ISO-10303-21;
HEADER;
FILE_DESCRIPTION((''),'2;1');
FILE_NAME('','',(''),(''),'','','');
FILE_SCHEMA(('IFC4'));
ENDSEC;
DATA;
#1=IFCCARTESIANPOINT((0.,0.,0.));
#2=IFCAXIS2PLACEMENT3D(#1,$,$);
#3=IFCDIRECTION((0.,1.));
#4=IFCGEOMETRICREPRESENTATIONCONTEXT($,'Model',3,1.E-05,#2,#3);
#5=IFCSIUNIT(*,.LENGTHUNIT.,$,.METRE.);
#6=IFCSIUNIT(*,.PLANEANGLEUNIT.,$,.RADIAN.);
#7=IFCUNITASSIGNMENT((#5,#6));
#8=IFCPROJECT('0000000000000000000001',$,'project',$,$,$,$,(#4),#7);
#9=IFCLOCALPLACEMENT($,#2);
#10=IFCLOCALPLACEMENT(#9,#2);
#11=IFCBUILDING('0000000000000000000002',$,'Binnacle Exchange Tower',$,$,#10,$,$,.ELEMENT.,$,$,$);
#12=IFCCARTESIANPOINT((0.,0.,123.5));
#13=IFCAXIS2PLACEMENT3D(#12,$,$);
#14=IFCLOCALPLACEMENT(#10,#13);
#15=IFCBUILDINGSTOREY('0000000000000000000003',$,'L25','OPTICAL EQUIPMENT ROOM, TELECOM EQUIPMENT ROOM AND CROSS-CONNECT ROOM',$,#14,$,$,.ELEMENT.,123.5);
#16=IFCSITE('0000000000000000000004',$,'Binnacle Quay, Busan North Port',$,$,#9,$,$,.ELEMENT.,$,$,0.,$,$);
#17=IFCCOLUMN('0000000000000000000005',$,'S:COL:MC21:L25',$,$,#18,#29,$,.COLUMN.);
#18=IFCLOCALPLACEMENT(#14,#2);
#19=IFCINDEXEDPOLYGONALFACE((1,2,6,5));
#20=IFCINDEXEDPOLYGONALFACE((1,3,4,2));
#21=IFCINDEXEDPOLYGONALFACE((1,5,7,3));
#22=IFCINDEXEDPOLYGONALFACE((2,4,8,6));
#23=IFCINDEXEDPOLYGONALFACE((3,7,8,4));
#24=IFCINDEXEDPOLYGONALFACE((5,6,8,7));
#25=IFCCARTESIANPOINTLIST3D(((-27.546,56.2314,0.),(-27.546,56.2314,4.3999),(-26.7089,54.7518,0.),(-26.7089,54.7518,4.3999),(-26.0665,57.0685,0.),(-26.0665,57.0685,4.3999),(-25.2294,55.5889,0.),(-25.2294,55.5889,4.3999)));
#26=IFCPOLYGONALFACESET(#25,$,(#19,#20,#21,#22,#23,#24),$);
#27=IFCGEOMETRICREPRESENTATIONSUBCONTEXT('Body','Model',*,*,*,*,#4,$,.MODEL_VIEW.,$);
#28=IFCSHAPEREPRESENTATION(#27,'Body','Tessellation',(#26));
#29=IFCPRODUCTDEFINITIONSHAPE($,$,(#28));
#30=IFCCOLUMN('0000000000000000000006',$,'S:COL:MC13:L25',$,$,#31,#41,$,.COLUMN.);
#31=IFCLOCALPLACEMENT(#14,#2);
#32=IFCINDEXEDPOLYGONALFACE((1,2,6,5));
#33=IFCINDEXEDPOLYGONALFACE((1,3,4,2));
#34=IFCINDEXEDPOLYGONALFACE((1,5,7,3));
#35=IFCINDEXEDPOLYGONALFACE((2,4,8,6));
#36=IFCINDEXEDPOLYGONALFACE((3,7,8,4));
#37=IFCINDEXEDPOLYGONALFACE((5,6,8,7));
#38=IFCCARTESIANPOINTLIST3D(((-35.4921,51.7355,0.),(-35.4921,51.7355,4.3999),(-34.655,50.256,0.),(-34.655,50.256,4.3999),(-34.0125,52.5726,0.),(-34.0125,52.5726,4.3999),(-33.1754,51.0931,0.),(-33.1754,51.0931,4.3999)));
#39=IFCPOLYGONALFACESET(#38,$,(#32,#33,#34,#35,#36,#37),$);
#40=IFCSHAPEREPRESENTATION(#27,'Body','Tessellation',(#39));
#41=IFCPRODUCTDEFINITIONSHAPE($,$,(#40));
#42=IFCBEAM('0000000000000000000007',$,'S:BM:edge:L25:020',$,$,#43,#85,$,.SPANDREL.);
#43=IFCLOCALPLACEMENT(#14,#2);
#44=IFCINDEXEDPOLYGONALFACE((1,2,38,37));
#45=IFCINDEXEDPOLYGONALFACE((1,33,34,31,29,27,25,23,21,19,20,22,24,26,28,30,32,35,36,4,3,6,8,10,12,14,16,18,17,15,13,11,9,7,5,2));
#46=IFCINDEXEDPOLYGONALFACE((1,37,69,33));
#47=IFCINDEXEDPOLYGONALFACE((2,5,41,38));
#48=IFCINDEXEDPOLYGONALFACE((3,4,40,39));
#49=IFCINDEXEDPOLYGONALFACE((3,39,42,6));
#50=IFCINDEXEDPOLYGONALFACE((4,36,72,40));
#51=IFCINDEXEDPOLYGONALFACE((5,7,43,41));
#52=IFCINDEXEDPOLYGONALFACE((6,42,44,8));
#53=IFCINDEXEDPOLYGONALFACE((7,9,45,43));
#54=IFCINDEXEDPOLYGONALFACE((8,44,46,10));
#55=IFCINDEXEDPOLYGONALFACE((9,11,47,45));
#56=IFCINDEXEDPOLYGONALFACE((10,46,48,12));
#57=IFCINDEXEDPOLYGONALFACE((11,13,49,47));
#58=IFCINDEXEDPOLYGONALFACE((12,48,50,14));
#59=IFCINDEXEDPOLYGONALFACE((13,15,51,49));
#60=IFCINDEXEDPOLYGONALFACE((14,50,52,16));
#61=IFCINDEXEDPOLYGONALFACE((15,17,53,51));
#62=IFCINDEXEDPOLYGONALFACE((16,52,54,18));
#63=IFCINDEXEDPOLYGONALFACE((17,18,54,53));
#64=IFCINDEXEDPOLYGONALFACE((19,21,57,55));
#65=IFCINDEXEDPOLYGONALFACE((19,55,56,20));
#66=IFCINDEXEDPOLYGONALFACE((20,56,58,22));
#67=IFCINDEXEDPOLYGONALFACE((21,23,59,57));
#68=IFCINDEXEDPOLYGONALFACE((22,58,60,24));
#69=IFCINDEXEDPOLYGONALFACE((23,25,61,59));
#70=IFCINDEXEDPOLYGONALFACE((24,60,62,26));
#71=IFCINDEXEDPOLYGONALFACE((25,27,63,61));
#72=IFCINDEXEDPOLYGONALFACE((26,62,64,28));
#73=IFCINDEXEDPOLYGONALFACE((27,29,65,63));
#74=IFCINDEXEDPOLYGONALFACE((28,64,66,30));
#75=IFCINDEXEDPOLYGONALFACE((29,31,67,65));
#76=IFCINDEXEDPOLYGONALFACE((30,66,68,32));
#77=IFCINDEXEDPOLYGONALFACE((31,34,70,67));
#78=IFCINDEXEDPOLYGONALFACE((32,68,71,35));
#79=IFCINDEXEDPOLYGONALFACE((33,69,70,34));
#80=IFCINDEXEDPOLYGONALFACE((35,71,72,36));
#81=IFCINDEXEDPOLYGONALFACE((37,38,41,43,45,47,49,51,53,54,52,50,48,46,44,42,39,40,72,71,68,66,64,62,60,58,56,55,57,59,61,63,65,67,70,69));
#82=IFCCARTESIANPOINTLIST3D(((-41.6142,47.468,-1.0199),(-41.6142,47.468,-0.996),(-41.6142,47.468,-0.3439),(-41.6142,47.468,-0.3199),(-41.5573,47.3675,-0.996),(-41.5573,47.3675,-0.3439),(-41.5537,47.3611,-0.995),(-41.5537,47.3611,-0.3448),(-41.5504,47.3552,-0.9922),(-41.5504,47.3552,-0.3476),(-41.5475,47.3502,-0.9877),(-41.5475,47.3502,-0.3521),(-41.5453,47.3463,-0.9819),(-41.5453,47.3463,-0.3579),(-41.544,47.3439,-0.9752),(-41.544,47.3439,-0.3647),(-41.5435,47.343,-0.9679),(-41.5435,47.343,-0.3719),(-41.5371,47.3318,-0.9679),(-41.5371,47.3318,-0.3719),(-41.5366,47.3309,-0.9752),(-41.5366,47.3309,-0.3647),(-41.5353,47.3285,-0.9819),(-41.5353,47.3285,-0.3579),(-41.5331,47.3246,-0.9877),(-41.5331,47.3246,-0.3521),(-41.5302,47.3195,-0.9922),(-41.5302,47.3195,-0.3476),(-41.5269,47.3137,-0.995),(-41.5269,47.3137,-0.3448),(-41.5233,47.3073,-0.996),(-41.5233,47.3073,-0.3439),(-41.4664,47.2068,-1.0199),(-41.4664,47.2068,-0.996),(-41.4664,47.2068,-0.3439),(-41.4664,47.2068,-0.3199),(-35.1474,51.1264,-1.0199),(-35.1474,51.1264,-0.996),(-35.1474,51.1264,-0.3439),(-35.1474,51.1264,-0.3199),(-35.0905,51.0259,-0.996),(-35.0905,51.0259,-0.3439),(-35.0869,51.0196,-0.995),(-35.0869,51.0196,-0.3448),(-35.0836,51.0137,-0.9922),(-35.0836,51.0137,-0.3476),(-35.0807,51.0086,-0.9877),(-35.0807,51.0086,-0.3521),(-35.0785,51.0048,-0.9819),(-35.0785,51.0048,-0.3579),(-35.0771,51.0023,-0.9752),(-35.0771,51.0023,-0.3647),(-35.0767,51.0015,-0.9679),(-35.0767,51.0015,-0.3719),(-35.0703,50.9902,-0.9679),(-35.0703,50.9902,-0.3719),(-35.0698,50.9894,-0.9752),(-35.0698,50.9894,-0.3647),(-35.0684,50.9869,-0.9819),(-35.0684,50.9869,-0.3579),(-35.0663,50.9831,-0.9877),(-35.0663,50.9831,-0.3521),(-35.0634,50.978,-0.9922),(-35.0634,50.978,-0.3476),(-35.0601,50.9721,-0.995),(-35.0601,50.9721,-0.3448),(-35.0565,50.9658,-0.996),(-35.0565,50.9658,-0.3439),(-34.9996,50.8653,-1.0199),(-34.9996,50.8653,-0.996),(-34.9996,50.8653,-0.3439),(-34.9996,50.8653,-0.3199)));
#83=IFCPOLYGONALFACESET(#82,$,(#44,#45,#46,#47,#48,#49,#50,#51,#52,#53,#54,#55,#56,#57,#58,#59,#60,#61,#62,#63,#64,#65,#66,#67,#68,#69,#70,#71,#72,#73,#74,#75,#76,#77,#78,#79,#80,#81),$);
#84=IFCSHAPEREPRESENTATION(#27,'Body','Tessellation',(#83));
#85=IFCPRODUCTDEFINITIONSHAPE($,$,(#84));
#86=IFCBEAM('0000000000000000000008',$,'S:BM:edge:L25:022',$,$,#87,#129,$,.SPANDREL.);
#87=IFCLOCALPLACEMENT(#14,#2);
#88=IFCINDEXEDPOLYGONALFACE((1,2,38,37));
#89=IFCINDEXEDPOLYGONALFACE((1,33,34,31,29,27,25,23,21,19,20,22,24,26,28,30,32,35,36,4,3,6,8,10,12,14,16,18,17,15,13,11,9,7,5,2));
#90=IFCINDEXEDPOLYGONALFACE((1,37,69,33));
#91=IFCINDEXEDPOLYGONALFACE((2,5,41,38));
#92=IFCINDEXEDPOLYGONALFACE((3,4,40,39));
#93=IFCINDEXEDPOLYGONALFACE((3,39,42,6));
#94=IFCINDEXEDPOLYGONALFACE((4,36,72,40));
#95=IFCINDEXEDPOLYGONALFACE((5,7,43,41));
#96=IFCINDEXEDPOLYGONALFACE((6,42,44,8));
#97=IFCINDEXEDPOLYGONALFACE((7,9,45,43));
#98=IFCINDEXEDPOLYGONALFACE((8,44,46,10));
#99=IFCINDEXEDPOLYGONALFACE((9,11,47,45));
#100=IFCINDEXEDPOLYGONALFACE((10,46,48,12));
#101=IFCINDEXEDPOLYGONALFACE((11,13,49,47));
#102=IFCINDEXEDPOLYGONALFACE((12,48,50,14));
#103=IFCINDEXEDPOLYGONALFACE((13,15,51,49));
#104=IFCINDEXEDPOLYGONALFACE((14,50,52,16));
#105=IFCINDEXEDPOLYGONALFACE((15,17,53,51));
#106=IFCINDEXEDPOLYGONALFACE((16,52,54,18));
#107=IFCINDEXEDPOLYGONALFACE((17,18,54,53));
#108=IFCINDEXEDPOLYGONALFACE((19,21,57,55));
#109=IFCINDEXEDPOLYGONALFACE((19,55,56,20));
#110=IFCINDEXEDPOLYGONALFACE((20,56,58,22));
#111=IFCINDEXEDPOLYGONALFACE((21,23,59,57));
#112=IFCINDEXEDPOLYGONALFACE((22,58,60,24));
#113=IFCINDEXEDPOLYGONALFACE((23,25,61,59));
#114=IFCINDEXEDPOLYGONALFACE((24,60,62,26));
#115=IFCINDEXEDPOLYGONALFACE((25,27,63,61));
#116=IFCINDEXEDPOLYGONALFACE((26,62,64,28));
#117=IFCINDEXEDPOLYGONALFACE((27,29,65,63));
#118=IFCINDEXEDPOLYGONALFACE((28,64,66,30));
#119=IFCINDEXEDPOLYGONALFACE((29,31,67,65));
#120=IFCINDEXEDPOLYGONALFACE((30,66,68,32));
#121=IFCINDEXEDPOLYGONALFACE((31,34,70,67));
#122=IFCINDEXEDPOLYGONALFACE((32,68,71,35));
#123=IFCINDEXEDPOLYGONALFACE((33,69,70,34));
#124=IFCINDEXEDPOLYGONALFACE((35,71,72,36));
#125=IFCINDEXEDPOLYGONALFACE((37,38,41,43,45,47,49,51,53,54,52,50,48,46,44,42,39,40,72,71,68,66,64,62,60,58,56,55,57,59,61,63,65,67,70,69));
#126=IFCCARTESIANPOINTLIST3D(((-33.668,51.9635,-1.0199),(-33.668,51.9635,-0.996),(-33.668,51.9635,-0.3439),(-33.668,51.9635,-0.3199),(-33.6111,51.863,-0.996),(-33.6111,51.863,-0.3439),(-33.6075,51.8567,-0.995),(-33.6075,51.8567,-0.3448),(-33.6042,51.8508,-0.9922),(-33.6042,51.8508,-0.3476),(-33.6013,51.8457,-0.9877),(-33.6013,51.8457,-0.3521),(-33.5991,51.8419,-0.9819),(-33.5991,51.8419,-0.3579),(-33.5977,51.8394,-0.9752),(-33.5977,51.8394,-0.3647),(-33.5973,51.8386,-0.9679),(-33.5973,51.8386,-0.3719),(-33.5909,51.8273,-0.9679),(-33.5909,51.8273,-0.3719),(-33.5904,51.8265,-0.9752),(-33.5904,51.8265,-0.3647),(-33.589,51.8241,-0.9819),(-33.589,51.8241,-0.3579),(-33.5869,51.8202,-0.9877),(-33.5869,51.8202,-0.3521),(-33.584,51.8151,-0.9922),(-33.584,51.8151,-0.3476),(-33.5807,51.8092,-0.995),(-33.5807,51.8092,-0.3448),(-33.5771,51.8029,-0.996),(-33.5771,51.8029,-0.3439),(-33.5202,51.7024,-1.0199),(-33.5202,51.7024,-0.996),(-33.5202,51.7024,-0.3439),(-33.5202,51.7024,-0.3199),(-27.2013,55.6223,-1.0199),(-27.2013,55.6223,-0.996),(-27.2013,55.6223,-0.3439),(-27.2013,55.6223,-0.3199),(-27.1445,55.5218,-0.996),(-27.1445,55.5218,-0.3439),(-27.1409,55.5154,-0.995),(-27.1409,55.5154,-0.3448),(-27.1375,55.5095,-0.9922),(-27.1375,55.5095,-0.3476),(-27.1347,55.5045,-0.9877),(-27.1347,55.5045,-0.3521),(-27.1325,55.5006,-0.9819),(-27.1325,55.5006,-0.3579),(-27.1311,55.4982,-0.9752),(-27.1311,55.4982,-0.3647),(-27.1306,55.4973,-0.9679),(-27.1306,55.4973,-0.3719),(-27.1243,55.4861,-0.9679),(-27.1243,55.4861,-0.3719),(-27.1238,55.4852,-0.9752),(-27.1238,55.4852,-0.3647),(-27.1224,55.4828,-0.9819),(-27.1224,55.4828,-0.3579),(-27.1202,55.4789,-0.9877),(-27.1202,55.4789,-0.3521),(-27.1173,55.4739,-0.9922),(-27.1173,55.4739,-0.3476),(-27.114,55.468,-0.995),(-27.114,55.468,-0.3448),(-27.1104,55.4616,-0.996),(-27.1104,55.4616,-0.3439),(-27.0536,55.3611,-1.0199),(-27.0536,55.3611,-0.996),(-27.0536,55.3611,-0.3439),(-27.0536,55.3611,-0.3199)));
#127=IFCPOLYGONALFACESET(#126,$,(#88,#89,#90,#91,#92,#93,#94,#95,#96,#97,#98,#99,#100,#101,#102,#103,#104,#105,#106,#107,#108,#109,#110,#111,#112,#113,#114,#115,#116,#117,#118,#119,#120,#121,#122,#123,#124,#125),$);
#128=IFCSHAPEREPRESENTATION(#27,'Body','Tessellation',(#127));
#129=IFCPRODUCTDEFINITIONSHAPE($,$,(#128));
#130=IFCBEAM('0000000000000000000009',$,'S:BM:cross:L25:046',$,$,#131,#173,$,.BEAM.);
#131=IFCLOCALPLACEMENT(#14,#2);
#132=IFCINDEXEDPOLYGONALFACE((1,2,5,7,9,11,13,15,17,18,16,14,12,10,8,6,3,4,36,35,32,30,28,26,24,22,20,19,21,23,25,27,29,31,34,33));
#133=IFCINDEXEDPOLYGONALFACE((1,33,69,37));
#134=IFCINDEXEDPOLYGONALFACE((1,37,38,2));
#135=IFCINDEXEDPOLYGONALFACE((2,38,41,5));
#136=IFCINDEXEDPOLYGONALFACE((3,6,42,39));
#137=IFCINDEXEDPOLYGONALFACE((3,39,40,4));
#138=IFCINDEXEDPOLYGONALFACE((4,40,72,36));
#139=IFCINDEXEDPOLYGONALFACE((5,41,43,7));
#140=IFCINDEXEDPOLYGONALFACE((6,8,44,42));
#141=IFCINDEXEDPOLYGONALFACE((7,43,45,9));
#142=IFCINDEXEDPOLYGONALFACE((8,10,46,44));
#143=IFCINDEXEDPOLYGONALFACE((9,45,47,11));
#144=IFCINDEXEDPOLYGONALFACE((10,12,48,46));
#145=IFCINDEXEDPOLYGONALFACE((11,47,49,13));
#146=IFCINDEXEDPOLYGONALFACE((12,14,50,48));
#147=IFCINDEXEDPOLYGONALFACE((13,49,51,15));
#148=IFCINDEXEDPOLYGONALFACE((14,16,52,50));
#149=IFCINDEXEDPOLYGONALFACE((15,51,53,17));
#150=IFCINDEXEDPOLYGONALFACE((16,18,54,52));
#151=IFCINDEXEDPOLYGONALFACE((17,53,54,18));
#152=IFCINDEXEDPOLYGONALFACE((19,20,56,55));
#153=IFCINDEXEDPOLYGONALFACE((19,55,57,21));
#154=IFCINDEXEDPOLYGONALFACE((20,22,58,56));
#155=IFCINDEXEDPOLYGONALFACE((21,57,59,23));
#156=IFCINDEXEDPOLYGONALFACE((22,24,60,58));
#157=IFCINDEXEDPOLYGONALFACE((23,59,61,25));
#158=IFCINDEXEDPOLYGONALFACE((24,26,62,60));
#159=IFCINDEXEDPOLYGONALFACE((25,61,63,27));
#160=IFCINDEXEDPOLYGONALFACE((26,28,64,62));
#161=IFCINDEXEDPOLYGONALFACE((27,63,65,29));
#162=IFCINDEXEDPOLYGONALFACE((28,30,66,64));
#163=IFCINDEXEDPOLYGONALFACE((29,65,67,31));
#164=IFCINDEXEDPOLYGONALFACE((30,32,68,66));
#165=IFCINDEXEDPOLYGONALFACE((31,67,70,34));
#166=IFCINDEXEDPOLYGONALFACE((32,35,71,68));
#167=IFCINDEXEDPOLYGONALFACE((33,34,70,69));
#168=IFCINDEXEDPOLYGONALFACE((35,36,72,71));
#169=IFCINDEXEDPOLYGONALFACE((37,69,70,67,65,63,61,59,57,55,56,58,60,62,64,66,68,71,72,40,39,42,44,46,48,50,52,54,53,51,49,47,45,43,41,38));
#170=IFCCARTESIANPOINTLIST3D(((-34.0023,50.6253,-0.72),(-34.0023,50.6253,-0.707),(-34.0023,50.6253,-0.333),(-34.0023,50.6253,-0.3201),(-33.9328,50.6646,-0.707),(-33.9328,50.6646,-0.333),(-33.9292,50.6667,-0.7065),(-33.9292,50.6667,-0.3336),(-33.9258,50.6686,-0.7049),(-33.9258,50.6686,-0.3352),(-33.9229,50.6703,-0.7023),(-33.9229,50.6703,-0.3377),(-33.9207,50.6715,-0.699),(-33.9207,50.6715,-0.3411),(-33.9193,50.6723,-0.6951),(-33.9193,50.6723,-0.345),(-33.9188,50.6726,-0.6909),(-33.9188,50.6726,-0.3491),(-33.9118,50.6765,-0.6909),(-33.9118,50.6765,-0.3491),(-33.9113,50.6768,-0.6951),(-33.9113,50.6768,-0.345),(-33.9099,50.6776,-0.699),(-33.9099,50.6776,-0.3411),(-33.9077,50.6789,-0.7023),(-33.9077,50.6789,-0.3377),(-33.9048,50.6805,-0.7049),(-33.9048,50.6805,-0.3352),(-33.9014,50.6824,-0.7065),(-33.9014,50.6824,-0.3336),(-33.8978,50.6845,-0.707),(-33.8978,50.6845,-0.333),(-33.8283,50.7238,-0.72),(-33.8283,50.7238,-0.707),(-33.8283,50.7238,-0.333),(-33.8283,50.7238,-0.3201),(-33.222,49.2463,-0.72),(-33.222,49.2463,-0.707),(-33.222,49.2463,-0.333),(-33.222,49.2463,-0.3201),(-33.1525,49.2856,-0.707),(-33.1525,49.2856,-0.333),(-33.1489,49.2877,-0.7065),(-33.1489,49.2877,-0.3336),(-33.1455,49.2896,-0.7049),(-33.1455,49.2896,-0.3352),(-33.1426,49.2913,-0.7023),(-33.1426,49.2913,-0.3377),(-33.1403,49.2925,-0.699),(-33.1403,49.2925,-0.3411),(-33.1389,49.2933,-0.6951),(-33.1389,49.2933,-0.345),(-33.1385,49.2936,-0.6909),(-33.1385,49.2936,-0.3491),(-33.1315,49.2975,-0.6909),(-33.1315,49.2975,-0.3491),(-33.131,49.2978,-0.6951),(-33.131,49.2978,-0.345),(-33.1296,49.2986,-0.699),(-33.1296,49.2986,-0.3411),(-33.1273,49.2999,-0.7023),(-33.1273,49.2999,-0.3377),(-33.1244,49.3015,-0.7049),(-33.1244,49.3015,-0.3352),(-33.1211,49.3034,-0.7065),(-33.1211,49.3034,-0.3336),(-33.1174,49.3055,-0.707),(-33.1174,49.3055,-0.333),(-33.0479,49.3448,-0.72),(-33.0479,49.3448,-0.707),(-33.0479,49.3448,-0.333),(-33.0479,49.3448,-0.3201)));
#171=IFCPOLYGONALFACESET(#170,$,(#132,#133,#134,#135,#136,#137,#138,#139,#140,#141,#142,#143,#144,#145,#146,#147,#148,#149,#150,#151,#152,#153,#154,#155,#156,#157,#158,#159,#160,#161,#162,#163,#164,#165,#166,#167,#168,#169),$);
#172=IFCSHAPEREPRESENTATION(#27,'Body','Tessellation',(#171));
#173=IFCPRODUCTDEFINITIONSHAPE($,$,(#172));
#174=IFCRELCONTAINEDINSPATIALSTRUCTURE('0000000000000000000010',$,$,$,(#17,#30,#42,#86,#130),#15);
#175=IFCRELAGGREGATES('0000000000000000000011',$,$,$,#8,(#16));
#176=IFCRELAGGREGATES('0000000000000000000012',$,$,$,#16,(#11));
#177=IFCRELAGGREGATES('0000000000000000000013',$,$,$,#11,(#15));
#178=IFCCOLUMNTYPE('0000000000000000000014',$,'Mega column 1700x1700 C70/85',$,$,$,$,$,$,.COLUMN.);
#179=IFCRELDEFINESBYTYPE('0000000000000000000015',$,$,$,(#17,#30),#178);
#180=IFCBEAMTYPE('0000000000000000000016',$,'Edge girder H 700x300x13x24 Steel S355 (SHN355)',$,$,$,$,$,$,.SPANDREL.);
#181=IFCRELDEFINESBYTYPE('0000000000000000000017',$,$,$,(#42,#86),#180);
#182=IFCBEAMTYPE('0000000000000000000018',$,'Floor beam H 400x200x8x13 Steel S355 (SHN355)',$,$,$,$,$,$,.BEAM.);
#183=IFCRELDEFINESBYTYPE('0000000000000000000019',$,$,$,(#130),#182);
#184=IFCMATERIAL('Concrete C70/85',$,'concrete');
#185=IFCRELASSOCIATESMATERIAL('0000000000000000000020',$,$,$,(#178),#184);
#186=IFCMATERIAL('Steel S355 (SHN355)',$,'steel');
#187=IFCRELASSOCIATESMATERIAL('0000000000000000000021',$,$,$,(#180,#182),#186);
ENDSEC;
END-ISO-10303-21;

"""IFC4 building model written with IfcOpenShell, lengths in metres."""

from ifc_helpers import new_model, si_unit, direction, frame, origin, origin_2d, place, context, subcontext, project, spatial, rectangle, i_section, extrude, material, material_profile, profile_set, type_object, element, save


model = new_model("IFC4")

# Units and contexts
model_context = context("Model", 3, precision=1e-05, world=origin(), true_north=direction((0.0, 1.0)))
body_context = subcontext(model_context, "Body", "Model", "MODEL_VIEW")
ifc_project = project(units=[si_unit("LENGTHUNIT", "METRE"), si_unit("PLANEANGLEUNIT", "RADIAN")], contexts=[model_context])

# Site, building, storey
site_placement = place(None, origin())
site = spatial("IfcSite", under=ifc_project, at=site_placement, Name="Binnacle Quay, Busan North Port", CompositionType="ELEMENT", RefElevation=0.0)
building_placement = place(site_placement, origin())
building = spatial("IfcBuilding", under=site, at=building_placement, Name="Binnacle Exchange Tower", CompositionType="ELEMENT")
storey_placement = place(building_placement, frame((0.0, 0.0, 123.5)))
storey = spatial("IfcBuildingStorey", under=building, at=storey_placement, Name="L25", Description="OPTICAL EQUIPMENT ROOM, TELECOM EQUIPMENT ROOM AND CROSS-CONNECT ROOM", CompositionType="ELEMENT", Elevation=123.5)

# Columns
ifc_material_1 = material(Name="Concrete C70/85", Category="concrete")
ifc_material_profile_1 = material_profile(ifc_material_1, rectangle(XDim=1.7, YDim=1.7, at=origin_2d()), Name="Mega column 1700x1700 C70/85")
ifc_profile_set_1 = profile_set([ifc_material_profile_1], Name="Concrete C70/85")
column_type = type_object("IfcColumnType", Name="Mega column 1700x1700 C70/85", PredefinedType="COLUMN", material=ifc_profile_set_1)
for number, where, z_axis, x_axis, name in (
    (1, (-26.3877, 55.9102, 0.0), (0.0, 0.0, 1.0), (-0.870356, -0.492424, 0.0), "S:COL:MC21:L25"),
    (2, (-34.3337, 51.4143, 0.0), (0.0, 0.0, 1.0), (-0.870356, -0.492424, 0.0), "S:COL:MC13:L25"),
):
    element("IfcColumn", number, at=place(storey_placement, frame(where, z_axis=z_axis, x_axis=x_axis)), inside=storey, type_object=column_type, Name=name, PredefinedType="COLUMN", context=body_context, shape_type="SweptSolid", body=[
        extrude(rectangle(XDim=1.7, YDim=1.7, at=origin_2d()), origin(), (0.0, 0.0, 1.0), 4.3999),
    ])

# Beams
ifc_material_2 = material(Name="Steel S355 (SHN355)", Category="steel")
ifc_material_profile_2 = material_profile(ifc_material_2, i_section(OverallWidth=0.3, OverallDepth=0.7, WebThickness=0.0129, FlangeThickness=0.0239, FilletRadius=0.0281, at=origin_2d()), Name="H 700x300x13x24")
ifc_profile_set_2 = profile_set([ifc_material_profile_2], Name="Steel S355 (SHN355)")
beam_type_1 = type_object("IfcBeamType", Name="Edge girder H 700x300x13x24 Steel S355 (SHN355)", PredefinedType="SPANDREL", material=ifc_profile_set_2)
for number, where, z_axis, x_axis, name in (
    (3, (-35.0735, 50.9958, -0.6699), (-0.870372, -0.492394, 0.0), (0.492394, -0.870372, 0.0), "S:BM:edge:L25:020"),
    (4, (-27.1274, 55.4917, -0.6699), (-0.87035, -0.492433, 0.0), (0.492433, -0.87035, 0.0), "S:BM:edge:L25:022"),
):
    element("IfcBeam", number, at=place(storey_placement, frame(where, z_axis=z_axis, x_axis=x_axis)), inside=storey, type_object=beam_type_1, Name=name, PredefinedType="SPANDREL", context=body_context, shape_type="SweptSolid", body=[
        extrude(i_section(OverallWidth=0.3, OverallDepth=0.7, WebThickness=0.0129, FlangeThickness=0.0239, FilletRadius=0.0281, at=origin_2d()), origin(), (0.0, 0.0, 1.0), 7.4299),
    ])
ifc_material_profile_3 = material_profile(ifc_material_2, i_section(OverallWidth=0.2, OverallDepth=0.3999, WebThickness=0.0081, FlangeThickness=0.0129, FilletRadius=0.0161, at=origin_2d()), Name="H 400x200x8x13")
ifc_profile_set_3 = profile_set([ifc_material_profile_3], Name="Steel S355 (SHN355)")
beam_type_2 = type_object("IfcBeamType", Name="Floor beam H 400x200x8x13 Steel S355 (SHN355)", PredefinedType="BEAM", material=ifc_profile_set_3)
beam_1_placement = place(storey_placement, frame((-33.9153, 50.6746, -0.52), z_axis=(0.492484, -0.870322, 0.0), x_axis=(0.870322, 0.492484, 0.0)))
element("IfcBeam", 5, at=beam_1_placement, inside=storey, type_object=beam_type_2, Name="S:BM:cross:L25:046", PredefinedType="BEAM", context=body_context, shape_type="SweptSolid", body=[
    extrude(i_section(OverallWidth=0.2, OverallDepth=0.3999, WebThickness=0.0081, FlangeThickness=0.0129, FilletRadius=0.0161, at=origin_2d()), origin(), (0.0, 0.0, 1.0), 1.5845),
])

save(model, "model.ifc")
